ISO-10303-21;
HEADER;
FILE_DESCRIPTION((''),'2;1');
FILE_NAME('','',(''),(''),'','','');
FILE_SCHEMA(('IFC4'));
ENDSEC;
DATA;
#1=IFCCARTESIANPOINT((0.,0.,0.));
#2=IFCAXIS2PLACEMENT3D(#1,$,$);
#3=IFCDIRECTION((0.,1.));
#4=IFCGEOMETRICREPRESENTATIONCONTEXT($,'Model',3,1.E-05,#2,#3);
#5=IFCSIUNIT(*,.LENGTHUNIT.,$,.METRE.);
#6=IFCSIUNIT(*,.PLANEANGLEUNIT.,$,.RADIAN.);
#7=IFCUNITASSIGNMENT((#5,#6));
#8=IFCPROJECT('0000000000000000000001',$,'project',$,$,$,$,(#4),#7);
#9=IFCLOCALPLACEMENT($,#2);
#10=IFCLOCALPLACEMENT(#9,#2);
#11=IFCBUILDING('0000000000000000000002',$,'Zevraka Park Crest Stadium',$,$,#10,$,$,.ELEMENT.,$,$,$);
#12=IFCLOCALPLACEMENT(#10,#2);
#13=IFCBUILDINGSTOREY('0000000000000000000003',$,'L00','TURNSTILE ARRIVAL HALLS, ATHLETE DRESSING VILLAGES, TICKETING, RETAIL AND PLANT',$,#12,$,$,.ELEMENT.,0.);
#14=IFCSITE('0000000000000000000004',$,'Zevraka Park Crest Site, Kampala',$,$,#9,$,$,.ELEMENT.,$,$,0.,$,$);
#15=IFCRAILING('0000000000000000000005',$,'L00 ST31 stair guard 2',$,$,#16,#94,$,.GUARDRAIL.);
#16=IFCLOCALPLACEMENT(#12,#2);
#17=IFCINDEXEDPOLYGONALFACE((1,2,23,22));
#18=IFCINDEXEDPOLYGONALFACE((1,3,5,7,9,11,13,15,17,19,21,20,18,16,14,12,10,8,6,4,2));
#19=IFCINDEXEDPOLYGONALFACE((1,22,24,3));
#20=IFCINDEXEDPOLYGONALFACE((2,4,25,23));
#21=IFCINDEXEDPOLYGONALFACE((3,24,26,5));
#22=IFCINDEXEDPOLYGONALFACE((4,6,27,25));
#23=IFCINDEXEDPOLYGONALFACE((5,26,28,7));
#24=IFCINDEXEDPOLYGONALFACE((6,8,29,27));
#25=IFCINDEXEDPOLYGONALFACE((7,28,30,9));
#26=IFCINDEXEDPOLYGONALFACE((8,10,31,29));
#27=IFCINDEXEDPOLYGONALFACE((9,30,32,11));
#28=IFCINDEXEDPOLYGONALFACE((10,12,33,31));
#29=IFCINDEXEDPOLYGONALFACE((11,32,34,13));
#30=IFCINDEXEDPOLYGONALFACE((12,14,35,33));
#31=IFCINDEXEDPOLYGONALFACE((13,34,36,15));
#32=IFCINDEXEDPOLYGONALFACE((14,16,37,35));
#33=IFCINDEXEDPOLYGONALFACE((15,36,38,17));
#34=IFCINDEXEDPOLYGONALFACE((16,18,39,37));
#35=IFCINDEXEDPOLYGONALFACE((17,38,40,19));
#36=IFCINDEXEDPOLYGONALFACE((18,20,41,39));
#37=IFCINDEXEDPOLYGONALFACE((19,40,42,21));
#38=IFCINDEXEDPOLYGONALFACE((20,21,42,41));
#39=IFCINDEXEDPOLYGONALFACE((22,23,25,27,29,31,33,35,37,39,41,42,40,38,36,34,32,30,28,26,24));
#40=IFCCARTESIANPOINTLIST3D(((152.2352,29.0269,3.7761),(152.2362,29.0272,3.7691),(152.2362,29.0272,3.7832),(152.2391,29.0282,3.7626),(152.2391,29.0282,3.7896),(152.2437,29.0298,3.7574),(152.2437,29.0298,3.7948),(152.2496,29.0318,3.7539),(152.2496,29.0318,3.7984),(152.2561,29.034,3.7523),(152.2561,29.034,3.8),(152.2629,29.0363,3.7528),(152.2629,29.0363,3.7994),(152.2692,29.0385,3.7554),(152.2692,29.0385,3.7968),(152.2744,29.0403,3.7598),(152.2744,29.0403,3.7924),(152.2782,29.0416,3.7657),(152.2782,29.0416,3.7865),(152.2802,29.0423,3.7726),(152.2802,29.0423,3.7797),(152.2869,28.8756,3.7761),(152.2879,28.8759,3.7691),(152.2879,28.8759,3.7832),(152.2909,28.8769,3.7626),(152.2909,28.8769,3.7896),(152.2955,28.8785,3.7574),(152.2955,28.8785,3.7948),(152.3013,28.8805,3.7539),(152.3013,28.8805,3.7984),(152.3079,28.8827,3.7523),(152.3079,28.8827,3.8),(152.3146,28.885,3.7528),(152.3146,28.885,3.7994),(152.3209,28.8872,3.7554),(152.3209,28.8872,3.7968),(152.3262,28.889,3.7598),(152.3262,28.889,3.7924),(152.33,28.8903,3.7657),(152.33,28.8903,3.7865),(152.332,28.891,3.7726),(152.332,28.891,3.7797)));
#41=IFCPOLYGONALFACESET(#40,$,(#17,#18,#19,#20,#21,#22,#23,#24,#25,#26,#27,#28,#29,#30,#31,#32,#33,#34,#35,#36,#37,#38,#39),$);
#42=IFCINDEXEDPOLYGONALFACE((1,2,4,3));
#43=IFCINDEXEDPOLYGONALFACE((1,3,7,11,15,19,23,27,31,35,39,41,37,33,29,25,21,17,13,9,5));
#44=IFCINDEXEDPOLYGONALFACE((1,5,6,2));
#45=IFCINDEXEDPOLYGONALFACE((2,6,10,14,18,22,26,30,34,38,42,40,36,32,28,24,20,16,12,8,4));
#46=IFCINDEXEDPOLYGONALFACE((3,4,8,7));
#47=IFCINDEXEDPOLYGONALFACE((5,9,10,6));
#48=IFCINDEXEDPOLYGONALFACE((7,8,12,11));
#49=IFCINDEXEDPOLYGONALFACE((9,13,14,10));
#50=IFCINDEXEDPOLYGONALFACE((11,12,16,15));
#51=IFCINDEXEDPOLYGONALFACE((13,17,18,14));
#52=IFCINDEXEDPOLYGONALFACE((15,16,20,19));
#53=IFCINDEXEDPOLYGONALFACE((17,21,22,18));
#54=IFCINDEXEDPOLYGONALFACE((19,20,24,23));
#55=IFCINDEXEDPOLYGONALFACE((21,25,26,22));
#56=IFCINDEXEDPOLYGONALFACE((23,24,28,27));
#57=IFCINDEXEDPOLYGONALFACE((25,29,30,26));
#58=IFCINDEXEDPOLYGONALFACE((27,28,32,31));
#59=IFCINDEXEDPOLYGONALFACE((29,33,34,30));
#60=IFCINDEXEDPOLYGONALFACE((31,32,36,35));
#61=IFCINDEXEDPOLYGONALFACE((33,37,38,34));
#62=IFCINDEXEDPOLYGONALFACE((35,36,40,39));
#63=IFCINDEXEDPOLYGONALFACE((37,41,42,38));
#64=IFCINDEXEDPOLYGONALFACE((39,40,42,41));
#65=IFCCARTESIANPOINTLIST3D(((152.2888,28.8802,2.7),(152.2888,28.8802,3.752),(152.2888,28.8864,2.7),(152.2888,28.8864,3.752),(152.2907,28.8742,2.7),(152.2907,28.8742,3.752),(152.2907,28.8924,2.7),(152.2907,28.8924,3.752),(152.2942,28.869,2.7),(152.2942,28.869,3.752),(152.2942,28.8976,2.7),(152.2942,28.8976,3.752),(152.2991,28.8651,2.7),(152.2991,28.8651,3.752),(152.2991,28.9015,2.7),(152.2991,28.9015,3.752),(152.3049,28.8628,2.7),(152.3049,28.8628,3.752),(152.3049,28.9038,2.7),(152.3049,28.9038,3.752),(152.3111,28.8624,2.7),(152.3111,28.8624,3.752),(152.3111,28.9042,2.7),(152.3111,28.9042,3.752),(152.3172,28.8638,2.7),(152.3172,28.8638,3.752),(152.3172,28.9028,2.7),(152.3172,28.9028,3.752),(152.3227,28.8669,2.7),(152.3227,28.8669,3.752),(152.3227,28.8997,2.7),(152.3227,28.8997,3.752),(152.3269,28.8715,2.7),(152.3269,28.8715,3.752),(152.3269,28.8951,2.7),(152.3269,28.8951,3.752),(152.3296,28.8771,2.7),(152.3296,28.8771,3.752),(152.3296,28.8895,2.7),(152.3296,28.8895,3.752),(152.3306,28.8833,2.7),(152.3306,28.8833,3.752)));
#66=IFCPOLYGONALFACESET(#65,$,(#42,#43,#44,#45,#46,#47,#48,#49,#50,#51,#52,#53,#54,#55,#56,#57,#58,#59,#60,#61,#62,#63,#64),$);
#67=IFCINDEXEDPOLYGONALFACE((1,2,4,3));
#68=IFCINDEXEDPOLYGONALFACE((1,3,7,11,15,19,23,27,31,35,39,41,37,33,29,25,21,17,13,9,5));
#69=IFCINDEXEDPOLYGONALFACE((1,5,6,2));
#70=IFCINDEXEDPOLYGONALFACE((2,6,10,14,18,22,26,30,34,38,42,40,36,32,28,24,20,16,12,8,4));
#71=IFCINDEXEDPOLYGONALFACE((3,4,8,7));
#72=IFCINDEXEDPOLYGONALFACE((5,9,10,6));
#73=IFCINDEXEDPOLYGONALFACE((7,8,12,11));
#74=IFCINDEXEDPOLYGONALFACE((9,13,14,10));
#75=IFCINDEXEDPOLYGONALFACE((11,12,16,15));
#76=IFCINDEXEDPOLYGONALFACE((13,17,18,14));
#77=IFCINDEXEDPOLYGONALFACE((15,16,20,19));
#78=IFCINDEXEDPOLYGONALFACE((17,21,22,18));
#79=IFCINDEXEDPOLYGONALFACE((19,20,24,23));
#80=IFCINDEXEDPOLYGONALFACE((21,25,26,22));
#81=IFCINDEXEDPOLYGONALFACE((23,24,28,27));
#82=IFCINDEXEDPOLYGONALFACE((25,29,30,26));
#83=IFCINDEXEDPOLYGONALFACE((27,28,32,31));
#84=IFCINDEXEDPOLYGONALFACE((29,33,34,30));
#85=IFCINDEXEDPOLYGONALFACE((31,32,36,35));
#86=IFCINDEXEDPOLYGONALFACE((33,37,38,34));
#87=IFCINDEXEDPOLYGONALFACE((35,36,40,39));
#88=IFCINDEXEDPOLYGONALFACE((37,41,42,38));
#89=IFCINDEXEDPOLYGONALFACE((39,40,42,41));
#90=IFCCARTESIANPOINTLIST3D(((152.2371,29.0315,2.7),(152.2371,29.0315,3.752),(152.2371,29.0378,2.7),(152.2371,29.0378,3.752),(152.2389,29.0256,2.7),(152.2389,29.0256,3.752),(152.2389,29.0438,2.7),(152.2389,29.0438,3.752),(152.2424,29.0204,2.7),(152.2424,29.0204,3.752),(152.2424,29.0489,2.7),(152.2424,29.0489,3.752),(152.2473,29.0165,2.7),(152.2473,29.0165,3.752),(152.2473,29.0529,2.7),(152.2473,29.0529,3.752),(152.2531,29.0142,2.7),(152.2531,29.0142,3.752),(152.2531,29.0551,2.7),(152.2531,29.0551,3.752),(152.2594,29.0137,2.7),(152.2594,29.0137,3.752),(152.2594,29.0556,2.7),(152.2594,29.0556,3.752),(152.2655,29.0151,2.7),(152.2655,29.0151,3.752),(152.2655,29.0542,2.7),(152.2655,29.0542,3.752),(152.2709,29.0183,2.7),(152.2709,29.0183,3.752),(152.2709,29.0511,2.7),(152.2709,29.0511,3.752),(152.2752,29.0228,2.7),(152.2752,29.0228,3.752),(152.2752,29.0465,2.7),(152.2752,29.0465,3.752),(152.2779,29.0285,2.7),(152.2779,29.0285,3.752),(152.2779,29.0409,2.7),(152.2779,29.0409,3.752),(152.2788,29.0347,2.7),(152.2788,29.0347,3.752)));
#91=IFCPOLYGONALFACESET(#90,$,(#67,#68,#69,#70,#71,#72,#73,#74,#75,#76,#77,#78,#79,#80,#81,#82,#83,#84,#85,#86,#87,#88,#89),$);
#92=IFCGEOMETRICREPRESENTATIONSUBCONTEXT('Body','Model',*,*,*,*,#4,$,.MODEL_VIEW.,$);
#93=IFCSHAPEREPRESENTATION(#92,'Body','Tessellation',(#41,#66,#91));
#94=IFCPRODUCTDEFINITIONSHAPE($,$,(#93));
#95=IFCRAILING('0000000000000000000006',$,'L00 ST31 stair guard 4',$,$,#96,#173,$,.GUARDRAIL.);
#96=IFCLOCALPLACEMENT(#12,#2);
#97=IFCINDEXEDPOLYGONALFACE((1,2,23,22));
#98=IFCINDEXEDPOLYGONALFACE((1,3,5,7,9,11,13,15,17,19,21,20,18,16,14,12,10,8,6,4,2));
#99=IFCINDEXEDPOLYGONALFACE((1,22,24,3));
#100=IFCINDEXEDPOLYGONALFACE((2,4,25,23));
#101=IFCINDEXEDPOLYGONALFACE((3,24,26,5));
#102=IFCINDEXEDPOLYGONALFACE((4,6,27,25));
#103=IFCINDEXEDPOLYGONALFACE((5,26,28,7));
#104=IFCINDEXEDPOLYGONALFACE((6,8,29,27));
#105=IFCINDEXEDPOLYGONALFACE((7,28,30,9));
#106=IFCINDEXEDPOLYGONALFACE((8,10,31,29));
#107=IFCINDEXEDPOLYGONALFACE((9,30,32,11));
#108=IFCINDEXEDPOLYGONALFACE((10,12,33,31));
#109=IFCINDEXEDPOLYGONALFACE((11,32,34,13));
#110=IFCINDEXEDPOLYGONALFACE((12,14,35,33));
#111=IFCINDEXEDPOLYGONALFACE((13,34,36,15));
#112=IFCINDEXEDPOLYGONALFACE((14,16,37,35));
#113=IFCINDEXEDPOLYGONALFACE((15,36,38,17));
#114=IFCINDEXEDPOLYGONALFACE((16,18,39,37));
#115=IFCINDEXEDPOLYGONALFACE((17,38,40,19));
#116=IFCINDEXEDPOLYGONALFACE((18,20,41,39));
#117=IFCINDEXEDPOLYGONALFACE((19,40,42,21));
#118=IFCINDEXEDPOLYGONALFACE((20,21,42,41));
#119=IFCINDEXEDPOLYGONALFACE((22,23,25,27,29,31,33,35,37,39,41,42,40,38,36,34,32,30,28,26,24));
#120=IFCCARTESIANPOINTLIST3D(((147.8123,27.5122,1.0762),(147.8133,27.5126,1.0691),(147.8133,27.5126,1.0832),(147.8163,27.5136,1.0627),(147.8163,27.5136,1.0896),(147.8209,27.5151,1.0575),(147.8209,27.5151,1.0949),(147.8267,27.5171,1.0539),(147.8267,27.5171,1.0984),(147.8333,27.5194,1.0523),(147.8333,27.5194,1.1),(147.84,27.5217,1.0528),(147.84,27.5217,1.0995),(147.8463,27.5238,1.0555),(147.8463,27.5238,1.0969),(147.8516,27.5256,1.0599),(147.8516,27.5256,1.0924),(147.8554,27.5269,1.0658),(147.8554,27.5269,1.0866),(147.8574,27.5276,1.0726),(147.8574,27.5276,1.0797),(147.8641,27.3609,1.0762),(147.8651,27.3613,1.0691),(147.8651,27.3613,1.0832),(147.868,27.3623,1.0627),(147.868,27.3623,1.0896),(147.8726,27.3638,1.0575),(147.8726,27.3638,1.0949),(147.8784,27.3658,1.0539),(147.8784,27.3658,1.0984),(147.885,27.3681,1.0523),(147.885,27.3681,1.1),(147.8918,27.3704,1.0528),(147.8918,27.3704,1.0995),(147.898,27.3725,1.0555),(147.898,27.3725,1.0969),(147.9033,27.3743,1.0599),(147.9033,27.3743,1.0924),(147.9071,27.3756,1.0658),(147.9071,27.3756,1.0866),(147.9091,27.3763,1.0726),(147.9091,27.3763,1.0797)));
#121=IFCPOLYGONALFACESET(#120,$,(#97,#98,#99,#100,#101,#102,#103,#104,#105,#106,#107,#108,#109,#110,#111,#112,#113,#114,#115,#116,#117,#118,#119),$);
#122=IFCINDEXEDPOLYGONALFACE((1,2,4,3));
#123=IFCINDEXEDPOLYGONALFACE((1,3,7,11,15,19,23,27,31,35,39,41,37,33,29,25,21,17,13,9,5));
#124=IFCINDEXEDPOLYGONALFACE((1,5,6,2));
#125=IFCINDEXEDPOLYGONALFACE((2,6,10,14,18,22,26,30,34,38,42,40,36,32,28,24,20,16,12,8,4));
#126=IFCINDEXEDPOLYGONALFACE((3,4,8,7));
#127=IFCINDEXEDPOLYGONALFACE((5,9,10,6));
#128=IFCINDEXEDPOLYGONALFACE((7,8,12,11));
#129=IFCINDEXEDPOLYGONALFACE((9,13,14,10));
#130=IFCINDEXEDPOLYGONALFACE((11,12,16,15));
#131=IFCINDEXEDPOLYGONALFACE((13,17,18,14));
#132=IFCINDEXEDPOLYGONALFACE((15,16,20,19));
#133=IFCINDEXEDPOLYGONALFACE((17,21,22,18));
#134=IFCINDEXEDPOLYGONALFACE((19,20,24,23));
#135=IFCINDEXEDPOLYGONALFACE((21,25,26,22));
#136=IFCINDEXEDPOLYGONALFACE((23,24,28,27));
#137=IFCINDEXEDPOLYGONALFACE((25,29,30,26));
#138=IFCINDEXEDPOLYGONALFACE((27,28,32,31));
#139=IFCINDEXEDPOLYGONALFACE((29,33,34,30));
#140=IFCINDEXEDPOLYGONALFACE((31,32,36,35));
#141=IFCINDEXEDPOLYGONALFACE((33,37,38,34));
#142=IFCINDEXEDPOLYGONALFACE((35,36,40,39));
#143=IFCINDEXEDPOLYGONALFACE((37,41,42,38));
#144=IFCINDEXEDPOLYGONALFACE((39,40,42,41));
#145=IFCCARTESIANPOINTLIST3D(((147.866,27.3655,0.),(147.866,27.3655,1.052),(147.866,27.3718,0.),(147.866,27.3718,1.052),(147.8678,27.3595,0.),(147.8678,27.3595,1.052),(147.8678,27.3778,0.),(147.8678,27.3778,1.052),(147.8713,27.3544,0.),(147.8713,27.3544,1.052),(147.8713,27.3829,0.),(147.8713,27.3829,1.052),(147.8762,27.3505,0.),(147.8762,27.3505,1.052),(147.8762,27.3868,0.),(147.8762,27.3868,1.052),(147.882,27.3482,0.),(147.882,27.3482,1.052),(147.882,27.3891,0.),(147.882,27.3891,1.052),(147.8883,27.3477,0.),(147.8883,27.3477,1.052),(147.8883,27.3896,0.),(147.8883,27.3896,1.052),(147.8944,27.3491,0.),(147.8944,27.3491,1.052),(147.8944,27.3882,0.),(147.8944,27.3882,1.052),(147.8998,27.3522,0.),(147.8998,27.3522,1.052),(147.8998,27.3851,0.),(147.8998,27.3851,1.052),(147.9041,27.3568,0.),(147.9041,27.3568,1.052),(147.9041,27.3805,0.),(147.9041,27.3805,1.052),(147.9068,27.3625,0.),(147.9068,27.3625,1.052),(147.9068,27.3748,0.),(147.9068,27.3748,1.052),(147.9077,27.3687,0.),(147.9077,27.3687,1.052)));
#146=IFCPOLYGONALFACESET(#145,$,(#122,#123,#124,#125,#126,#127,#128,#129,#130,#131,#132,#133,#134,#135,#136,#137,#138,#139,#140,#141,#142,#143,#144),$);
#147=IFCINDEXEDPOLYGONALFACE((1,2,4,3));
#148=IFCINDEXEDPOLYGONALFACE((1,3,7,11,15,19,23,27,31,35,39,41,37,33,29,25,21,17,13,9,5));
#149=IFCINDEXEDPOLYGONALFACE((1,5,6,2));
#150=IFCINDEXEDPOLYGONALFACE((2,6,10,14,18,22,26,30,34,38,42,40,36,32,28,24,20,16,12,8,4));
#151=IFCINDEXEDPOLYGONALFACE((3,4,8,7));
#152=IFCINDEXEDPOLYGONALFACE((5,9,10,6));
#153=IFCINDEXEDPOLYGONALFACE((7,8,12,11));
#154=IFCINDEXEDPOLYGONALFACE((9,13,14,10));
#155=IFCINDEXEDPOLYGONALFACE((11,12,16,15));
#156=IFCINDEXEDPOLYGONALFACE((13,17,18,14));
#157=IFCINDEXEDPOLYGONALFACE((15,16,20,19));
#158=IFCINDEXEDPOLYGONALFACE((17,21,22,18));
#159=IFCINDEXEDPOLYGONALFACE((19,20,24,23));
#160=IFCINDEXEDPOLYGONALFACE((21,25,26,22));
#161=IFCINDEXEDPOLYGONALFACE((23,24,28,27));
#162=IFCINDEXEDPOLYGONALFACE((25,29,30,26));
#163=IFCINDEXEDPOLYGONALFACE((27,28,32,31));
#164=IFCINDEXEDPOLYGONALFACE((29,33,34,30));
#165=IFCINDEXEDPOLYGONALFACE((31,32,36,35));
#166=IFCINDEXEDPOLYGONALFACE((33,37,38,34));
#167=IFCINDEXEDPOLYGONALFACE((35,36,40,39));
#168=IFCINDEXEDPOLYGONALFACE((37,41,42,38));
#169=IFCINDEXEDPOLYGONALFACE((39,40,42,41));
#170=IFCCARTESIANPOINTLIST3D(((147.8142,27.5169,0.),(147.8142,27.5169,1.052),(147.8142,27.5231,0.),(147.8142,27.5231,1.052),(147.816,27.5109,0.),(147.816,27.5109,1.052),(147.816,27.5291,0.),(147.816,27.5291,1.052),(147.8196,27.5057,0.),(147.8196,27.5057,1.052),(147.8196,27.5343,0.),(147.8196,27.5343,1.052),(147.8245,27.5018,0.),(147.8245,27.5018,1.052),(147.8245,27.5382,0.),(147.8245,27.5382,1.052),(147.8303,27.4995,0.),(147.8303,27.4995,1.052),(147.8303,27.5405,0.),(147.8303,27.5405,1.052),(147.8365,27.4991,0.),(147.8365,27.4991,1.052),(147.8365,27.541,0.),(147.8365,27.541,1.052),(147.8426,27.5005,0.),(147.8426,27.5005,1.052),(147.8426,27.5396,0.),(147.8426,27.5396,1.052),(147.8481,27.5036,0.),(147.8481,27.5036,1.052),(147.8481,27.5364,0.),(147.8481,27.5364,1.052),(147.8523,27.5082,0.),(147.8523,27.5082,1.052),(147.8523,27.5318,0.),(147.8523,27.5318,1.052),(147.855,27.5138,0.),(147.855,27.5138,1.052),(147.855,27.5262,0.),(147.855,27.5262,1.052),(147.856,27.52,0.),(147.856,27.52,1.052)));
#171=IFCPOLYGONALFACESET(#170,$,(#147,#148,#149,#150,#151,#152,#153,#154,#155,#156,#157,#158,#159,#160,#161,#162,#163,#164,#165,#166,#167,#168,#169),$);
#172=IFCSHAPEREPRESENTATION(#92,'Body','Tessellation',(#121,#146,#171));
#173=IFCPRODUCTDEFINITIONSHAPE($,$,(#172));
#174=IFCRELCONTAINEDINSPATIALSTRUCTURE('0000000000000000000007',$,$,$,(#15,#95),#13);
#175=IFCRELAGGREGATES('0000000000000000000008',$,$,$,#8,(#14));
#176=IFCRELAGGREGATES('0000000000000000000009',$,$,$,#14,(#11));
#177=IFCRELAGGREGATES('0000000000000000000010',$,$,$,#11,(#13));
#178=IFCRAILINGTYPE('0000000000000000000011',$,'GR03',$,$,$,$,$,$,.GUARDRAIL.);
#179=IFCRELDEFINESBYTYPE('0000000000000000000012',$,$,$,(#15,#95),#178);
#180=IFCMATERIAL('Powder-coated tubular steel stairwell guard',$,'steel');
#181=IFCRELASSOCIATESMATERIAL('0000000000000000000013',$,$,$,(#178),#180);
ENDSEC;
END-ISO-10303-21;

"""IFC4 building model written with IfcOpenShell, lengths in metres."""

from ifc_helpers import new_model, si_unit, direction, frame, origin, origin_2d, place, context, subcontext, project, spatial, circle, extrude, material, type_object, element, save


model = new_model("IFC4")

# Units and contexts
model_context = context("Model", 3, precision=1e-05, world=origin(), true_north=direction((0.0, 1.0)))
body_context = subcontext(model_context, "Body", "Model", "MODEL_VIEW")
ifc_project = project(units=[si_unit("LENGTHUNIT", "METRE"), si_unit("PLANEANGLEUNIT", "RADIAN")], contexts=[model_context])

# Site, building, storey
site_placement = place(None, origin())
site = spatial("IfcSite", under=ifc_project, at=site_placement, Name="Zevraka Park Crest Site, Kampala", CompositionType="ELEMENT", RefElevation=0.0)
building_placement = place(site_placement, origin())
building = spatial("IfcBuilding", under=site, at=building_placement, Name="Zevraka Park Crest Stadium", CompositionType="ELEMENT")
storey_placement = place(building_placement, origin())
storey = spatial("IfcBuildingStorey", under=building, at=storey_placement, Name="L00", Description="TURNSTILE ARRIVAL HALLS, ATHLETE DRESSING VILLAGES, TICKETING, RETAIL AND PLANT", CompositionType="ELEMENT", Elevation=0.0)

# Railings
ifc_material_1 = material(Name="Powder-coated tubular steel stairwell guard", Category="steel")
railing_type_1 = type_object("IfcRailingType", Name="GR03", PredefinedType="GUARDRAIL", material=ifc_material_1)
railing_1_placement = place(storey_placement, frame((152.3096, 28.8833, 2.7)))
element("IfcRailing", 1, at=railing_1_placement, inside=storey, type_object=railing_type_1, Name="L00 ST31 stair guard 2", PredefinedType="GUARDRAIL", context=body_context, shape_type="SweptSolid", body=[
    extrude(circle(Radius=0.0239, at=origin_2d()), frame((0.0, 0.0, 1.0762), z_axis=(-0.323544, 0.946213, 0.0), x_axis=(-0.946213, -0.323544, 0.0)), (0.0, 0.0, 1.0), 0.1599),
    extrude(circle(Radius=0.021, at=origin_2d()), origin(), (0.0, 0.0, 1.0), 1.052),
    extrude(circle(Radius=0.021, at=origin_2d()), frame((-0.0518, 0.1514, 0.0)), (0.0, 0.0, 1.0), 1.052),
])
railing_2_placement = place(storey_placement, frame((147.8867, 27.3687, 0.0)))
element("IfcRailing", 2, at=railing_2_placement, inside=storey, type_object=railing_type_1, Name="L00 ST31 stair guard 4", PredefinedType="GUARDRAIL", context=body_context, shape_type="SweptSolid", body=[
    extrude(circle(Radius=0.0239, at=origin_2d()), frame((0.0, 0.0, 1.0762), z_axis=(-0.323544, 0.946213, 0.0), x_axis=(-0.946213, -0.323544, 0.0)), (0.0, 0.0, 1.0), 0.1599),
    extrude(circle(Radius=0.021, at=origin_2d()), origin(), (0.0, 0.0, 1.0), 1.052),
    extrude(circle(Radius=0.021, at=origin_2d()), frame((-0.0518, 0.1514, 0.0)), (0.0, 0.0, 1.0), 1.052),
])

save(model, "model.ifc")
